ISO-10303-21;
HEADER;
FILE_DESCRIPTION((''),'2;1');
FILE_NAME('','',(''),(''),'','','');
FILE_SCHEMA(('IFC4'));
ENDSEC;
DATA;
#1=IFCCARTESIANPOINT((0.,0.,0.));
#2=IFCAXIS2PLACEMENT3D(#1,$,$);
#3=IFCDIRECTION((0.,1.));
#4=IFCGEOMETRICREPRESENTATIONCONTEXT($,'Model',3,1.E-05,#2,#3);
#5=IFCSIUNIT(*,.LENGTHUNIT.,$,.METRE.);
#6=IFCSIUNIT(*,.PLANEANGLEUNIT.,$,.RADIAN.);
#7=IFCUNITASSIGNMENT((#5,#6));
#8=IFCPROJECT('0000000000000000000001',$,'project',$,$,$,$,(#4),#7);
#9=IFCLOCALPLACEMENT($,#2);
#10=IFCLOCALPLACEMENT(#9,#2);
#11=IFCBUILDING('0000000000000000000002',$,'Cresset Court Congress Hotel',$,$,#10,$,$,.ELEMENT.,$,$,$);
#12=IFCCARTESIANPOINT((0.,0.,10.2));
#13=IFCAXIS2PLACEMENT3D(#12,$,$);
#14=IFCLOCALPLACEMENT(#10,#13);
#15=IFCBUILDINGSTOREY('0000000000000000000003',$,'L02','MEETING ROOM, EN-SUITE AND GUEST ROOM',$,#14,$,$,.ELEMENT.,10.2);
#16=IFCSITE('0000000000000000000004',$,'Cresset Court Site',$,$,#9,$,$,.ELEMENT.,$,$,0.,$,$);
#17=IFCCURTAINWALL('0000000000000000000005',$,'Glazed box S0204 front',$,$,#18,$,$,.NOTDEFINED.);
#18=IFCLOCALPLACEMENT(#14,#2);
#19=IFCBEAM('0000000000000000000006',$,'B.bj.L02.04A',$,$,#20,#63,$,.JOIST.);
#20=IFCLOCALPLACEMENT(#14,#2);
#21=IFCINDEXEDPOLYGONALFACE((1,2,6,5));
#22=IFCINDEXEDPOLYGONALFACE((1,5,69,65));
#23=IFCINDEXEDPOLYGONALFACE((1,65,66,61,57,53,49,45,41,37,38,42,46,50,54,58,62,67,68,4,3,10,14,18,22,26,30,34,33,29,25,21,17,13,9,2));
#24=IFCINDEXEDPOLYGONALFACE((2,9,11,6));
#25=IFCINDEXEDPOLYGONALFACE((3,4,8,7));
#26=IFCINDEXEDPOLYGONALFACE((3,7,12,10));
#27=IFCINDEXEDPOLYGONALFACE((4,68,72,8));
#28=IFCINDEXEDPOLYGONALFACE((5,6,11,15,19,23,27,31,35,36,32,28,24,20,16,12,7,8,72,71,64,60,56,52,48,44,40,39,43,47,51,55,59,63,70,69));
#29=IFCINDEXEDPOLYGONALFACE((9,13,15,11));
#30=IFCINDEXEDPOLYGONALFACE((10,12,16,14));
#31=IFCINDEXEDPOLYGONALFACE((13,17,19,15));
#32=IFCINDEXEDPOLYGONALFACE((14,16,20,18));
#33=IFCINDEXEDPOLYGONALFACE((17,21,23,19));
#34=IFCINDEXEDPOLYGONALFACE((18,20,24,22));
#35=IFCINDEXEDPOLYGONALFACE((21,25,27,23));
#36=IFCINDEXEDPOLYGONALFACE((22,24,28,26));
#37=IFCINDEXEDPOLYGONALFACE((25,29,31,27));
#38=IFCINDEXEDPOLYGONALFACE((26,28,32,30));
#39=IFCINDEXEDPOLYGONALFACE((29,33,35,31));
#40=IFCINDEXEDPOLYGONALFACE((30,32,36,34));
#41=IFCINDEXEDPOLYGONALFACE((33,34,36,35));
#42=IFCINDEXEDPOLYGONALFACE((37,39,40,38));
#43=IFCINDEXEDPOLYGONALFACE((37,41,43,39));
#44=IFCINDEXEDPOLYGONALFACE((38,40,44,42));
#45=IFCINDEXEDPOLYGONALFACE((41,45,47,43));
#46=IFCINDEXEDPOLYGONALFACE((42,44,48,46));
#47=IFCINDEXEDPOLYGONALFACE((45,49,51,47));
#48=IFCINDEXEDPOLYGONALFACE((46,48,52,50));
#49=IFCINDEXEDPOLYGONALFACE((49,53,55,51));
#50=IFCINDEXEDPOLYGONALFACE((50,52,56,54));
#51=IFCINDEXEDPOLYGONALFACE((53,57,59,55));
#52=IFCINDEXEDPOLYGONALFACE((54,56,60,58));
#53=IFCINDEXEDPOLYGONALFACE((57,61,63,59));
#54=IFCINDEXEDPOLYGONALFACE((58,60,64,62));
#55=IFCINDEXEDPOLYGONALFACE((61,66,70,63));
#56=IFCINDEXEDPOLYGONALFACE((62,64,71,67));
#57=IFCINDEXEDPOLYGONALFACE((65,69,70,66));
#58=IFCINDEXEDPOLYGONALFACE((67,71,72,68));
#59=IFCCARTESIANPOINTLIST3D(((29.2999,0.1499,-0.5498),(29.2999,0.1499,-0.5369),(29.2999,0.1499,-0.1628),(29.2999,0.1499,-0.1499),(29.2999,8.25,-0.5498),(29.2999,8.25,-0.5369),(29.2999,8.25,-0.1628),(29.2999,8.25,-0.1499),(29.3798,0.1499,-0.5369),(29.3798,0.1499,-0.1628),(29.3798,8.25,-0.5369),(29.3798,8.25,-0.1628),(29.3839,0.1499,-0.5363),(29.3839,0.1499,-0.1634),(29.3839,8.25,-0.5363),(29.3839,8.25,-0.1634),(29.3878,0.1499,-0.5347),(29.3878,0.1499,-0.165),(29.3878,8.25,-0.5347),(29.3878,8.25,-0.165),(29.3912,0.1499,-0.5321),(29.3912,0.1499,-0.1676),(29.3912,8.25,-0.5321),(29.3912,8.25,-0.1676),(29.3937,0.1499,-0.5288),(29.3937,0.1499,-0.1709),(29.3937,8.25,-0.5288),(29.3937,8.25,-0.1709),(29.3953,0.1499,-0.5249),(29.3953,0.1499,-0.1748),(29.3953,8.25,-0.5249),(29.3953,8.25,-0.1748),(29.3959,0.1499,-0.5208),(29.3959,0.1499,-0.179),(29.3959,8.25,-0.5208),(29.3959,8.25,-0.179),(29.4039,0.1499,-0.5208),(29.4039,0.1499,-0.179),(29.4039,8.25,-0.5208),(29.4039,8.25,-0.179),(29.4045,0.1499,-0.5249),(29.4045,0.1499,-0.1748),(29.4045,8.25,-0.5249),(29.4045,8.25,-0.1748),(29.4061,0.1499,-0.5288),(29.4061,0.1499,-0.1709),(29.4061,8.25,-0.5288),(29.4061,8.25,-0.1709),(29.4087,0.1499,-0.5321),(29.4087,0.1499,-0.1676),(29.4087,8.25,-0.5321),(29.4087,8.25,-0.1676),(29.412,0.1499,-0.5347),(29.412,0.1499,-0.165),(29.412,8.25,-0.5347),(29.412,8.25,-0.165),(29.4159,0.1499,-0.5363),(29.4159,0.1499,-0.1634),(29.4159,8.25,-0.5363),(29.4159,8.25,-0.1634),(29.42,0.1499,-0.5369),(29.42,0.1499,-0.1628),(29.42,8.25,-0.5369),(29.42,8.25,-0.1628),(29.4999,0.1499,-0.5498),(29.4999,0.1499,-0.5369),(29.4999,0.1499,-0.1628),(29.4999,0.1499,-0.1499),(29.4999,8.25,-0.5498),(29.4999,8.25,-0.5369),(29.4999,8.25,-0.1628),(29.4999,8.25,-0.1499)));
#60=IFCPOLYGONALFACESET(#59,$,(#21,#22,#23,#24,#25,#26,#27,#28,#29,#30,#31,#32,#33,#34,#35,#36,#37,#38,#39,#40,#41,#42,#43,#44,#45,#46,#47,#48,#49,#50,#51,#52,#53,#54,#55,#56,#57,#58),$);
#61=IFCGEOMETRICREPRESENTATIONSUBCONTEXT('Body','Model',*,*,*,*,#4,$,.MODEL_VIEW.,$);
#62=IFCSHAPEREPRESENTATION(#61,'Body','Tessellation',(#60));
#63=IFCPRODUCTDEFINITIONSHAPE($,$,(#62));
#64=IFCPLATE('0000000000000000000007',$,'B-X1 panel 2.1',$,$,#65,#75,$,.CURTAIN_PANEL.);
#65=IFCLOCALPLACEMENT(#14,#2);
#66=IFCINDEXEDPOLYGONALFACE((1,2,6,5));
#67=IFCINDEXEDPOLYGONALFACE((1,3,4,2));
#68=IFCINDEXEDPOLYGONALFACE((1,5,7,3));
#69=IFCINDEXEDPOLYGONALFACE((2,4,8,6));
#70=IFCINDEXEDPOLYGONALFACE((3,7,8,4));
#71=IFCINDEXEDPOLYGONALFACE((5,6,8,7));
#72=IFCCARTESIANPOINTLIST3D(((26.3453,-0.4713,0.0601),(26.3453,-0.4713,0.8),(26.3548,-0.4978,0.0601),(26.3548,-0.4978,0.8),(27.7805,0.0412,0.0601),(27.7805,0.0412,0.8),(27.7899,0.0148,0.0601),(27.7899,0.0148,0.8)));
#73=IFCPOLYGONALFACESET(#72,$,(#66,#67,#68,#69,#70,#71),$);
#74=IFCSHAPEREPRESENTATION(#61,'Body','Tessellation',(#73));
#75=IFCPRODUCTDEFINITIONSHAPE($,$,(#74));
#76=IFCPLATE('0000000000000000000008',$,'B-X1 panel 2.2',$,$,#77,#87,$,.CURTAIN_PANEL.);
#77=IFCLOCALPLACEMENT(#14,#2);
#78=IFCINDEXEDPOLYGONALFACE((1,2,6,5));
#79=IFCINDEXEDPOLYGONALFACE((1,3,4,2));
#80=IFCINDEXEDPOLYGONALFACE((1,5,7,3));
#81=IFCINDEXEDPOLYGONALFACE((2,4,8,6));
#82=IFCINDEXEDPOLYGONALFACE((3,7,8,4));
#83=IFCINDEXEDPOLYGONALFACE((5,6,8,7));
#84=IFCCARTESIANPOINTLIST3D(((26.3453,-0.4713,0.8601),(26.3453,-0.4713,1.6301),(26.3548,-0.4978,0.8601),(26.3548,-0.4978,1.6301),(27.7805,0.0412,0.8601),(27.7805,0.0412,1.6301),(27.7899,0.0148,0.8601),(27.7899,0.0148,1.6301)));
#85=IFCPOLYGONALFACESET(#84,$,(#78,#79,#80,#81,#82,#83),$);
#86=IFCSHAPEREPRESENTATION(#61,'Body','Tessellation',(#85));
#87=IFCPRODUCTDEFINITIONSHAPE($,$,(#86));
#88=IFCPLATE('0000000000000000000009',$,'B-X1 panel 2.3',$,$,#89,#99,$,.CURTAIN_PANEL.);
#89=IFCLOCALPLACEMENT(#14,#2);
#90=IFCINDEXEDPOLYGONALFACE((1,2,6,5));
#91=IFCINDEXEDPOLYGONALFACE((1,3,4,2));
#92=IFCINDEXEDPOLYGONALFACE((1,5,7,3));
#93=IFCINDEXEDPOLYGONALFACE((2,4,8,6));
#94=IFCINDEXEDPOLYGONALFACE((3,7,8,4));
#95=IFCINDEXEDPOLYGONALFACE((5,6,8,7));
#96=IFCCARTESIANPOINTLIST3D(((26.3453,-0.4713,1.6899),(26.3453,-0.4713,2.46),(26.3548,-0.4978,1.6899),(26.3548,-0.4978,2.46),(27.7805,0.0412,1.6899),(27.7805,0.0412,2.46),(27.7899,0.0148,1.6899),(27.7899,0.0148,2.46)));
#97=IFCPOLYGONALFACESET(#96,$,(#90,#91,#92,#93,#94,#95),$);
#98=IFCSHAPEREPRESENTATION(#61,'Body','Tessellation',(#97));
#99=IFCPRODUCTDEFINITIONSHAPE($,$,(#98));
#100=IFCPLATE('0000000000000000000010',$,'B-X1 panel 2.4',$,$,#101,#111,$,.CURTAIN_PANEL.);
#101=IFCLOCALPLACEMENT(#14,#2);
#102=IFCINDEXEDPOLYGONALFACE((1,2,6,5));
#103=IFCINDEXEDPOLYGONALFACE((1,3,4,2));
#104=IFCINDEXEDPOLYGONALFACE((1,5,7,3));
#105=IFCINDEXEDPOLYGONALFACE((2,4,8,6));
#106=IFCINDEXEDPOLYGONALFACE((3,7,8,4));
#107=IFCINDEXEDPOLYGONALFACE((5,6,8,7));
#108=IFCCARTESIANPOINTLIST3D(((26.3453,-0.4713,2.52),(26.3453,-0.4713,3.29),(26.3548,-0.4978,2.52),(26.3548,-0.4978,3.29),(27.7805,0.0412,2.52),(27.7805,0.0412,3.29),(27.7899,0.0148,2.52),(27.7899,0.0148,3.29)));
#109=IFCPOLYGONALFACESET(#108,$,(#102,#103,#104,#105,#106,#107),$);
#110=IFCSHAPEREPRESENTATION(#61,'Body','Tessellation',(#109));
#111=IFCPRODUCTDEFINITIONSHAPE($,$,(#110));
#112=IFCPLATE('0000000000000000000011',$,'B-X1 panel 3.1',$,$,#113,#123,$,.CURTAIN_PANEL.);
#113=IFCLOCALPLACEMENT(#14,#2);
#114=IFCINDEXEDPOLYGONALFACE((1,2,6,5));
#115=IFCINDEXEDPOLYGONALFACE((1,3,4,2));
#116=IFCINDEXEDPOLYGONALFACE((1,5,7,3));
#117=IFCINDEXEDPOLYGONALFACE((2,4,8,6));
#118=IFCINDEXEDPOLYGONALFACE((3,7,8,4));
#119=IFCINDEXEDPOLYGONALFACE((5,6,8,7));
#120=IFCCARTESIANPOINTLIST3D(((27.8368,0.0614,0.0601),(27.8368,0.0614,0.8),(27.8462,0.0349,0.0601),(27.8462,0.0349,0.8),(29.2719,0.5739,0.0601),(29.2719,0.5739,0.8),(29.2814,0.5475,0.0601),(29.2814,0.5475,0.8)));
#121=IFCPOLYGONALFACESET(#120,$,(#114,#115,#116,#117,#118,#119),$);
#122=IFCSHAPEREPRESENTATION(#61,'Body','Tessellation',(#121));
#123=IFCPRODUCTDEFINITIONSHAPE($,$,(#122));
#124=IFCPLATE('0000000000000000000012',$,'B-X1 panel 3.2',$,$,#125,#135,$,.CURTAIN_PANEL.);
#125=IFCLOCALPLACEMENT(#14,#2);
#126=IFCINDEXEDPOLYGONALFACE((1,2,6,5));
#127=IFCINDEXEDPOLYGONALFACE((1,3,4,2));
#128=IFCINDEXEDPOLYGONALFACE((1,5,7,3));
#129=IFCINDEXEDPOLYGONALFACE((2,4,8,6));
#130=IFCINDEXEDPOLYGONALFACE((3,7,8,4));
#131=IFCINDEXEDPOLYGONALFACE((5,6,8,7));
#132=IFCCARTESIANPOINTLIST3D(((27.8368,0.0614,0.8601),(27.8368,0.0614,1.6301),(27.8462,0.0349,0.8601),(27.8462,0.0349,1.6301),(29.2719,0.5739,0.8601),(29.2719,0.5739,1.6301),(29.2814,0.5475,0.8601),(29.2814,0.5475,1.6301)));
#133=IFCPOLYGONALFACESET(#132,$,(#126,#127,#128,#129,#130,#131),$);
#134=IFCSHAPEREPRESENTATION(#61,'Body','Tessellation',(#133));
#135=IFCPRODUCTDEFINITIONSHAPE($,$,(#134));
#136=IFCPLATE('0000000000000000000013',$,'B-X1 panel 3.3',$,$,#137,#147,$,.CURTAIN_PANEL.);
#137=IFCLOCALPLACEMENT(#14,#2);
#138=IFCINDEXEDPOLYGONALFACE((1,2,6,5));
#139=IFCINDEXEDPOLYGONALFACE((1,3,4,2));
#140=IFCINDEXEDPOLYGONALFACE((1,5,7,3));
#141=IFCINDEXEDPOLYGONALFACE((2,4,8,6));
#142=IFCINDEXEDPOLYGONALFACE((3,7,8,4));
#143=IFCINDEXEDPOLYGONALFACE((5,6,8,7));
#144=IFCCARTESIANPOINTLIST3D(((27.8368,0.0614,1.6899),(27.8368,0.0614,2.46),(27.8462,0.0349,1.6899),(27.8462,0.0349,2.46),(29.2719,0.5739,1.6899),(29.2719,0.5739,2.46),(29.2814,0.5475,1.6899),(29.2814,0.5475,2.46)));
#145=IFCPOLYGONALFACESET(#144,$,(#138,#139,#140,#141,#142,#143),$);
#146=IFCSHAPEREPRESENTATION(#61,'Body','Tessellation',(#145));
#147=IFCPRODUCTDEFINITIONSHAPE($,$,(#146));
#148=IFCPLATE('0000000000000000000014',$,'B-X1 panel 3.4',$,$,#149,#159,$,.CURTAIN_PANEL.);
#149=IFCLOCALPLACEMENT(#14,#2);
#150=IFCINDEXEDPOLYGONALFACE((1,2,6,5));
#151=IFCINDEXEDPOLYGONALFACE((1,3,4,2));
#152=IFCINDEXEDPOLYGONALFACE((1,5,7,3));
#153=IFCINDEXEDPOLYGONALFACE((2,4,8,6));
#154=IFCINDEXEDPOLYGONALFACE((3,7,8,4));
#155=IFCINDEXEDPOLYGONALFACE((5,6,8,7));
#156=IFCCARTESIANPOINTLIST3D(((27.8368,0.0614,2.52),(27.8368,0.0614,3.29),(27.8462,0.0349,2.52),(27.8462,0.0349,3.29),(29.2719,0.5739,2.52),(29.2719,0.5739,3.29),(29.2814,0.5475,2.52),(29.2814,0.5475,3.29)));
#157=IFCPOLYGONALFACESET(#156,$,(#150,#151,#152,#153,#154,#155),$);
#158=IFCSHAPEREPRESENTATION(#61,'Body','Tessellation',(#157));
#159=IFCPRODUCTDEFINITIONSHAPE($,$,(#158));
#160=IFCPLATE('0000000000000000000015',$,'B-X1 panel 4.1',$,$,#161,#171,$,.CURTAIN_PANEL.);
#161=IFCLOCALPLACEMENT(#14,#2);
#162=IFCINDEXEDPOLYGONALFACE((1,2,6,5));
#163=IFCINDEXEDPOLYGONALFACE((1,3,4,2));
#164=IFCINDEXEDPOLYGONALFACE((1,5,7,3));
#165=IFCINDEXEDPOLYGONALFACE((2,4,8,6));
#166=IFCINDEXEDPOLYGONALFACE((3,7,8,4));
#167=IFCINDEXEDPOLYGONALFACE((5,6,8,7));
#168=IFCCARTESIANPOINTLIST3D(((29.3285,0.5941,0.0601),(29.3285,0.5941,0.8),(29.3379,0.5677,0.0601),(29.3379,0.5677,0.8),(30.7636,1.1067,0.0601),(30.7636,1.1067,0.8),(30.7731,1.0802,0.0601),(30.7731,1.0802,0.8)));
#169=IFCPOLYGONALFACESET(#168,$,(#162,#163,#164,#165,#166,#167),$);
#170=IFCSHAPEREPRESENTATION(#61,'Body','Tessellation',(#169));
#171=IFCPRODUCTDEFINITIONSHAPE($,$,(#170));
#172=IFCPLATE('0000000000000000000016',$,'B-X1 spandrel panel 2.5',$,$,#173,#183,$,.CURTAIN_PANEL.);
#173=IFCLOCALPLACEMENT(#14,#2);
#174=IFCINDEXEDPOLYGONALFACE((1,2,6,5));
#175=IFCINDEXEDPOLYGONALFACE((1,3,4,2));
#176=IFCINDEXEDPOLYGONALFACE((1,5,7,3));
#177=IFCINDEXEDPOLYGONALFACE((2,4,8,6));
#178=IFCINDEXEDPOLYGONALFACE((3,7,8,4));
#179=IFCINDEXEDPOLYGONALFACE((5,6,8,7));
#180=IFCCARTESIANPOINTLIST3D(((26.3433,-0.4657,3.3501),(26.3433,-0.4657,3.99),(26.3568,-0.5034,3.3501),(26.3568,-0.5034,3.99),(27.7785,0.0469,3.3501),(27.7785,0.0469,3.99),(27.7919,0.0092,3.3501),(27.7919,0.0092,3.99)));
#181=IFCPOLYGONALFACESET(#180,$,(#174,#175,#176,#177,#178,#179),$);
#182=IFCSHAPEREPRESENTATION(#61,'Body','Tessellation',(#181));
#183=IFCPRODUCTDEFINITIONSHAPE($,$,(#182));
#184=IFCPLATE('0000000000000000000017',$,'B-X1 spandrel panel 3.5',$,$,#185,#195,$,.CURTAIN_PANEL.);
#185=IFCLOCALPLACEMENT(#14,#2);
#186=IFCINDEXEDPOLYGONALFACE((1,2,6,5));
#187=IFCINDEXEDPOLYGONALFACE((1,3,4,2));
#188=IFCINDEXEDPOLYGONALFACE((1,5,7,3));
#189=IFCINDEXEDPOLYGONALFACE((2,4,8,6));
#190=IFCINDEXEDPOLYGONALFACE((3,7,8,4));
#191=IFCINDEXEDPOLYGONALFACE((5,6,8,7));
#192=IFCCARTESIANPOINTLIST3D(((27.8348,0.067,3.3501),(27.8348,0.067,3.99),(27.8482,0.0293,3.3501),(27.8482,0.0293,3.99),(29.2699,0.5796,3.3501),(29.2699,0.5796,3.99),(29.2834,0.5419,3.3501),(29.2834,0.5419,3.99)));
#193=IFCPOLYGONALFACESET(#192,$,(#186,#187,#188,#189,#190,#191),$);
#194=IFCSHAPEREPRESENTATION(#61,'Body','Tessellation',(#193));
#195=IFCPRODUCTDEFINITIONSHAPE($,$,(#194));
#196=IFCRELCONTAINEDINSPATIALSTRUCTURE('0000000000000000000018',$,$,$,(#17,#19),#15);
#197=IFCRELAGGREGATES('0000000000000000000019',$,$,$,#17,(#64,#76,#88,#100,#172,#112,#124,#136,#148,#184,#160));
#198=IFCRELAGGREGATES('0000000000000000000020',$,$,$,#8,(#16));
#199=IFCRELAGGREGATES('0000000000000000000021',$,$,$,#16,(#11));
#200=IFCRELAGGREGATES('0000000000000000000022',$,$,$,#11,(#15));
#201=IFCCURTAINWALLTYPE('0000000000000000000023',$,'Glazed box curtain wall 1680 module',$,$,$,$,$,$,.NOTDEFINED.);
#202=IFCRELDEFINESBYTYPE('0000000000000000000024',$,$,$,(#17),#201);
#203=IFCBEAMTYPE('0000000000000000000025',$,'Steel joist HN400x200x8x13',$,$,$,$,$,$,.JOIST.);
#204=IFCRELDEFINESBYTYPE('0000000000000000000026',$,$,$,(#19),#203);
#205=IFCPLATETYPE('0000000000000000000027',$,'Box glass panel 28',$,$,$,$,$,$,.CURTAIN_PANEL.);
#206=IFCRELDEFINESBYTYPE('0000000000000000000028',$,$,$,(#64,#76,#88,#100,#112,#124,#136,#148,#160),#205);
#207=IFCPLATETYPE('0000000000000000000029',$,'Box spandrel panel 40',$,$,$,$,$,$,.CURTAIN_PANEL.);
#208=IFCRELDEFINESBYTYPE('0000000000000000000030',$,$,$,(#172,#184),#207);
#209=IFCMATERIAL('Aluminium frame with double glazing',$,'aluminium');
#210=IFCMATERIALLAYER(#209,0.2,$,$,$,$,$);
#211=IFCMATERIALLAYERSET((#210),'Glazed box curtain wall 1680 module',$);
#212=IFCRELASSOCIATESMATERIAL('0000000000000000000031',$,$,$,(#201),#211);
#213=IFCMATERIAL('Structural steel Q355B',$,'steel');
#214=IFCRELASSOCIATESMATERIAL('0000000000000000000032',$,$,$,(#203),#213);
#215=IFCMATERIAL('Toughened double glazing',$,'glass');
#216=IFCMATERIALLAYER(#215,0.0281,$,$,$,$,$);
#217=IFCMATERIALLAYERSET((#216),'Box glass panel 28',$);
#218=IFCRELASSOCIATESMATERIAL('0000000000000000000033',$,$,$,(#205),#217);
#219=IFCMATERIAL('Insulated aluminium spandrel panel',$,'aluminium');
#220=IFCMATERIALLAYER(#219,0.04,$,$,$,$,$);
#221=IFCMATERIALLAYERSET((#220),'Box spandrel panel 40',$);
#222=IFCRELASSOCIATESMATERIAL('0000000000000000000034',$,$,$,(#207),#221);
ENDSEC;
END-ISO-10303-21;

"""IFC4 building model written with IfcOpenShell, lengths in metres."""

from ifc_helpers import new_model, si_unit, direction, frame, origin, origin_2d, place, context, subcontext, project, spatial, rectangle, i_section, extrude, material, layer, layer_set, material_profile, profile_set, type_object, element, aggregate, save


model = new_model("IFC4")

# Units and contexts
model_context = context("Model", 3, precision=1e-05, world=origin(), true_north=direction((0.0, 1.0)))
body_context = subcontext(model_context, "Body", "Model", "MODEL_VIEW")
ifc_project = project(units=[si_unit("LENGTHUNIT", "METRE"), si_unit("PLANEANGLEUNIT", "RADIAN")], contexts=[model_context])

# Site, building, storey
site_placement = place(None, origin())
site = spatial("IfcSite", under=ifc_project, at=site_placement, Name="Cresset Court Site", CompositionType="ELEMENT", RefElevation=0.0)
building_placement = place(site_placement, origin())
building = spatial("IfcBuilding", under=site, at=building_placement, Name="Cresset Court Congress Hotel", CompositionType="ELEMENT")
storey_placement = place(building_placement, frame((0.0, 0.0, 10.2)))
storey = spatial("IfcBuildingStorey", under=building, at=storey_placement, Name="L02", Description="MEETING ROOM, EN-SUITE AND GUEST ROOM", CompositionType="ELEMENT", Elevation=10.2)

# Curtain wall
ifc_material_1 = material(Name="Aluminium frame with double glazing", Category="aluminium")
ifc_layer_1 = layer(ifc_material_1, 0.2)
ifc_layer_set_1 = layer_set([ifc_layer_1], Name="Glazed box curtain wall 1680 module")
curtain_wall_type = type_object("IfcCurtainWallType", Name="Glazed box curtain wall 1680 module", PredefinedType="NOTDEFINED", material=ifc_layer_set_1)
curtain_wall_placement = place(storey_placement, origin())
curtain_wall = element("IfcCurtainWall", 1, at=curtain_wall_placement, inside=storey, type_object=curtain_wall_type, Name="Glazed box S0204 front", PredefinedType="NOTDEFINED")

# Beam
ifc_material_2 = material(Name="Structural steel Q355B", Category="steel")
ifc_material_profile_1 = material_profile(ifc_material_2, i_section(OverallWidth=0.2, OverallDepth=0.3999, WebThickness=0.0081, FlangeThickness=0.0129, FilletRadius=0.0161, at=origin_2d()), Name="HN400x200x8x13")
ifc_profile_set_1 = profile_set([ifc_material_profile_1], Name="Structural steel Q355B")
beam_type = type_object("IfcBeamType", Name="Steel joist HN400x200x8x13", PredefinedType="JOIST", material=ifc_profile_set_1)
beam_placement = place(storey_placement, frame((29.3999, 0.1499, -0.3499), z_axis=(0.0, 1.0, 0.0), x_axis=(-1.0, 0.0, 0.0)))
element("IfcBeam", 2, at=beam_placement, inside=storey, type_object=beam_type, Name="B.bj.L02.04A", PredefinedType="JOIST", context=body_context, shape_type="SweptSolid", body=[
    extrude(i_section(OverallWidth=0.2, OverallDepth=0.3999, WebThickness=0.0081, FlangeThickness=0.0129, FilletRadius=0.0161, at=origin_2d()), origin(), (0.0, 0.0, 1.0), 8.1001),
])

# Plates
ifc_material_3 = material(Name="Toughened double glazing", Category="glass")
ifc_layer_2 = layer(ifc_material_3, 0.0281)
ifc_layer_set_2 = layer_set([ifc_layer_2], Name="Box glass panel 28")
plate_type_1 = type_object("IfcPlateType", Name="Box glass panel 28", PredefinedType="CURTAIN_PANEL", material=ifc_layer_set_2)
plate_1_placement = place(storey_placement, frame((27.0676, -0.2283, 0.0601), z_axis=(0.0, 0.0, 1.0), x_axis=(0.941742, 0.336336, 0.0)))
plate_1 = element("IfcPlate", 3, at=plate_1_placement, type_object=plate_type_1, Name="B-X1 panel 2.1", PredefinedType="CURTAIN_PANEL", context=body_context, shape_type="SweptSolid", body=[
    extrude(rectangle(XDim=1.5239, YDim=0.0281, at=origin_2d()), origin(), (0.0, 0.0, 1.0), 0.74),
])
plate_2_placement = place(storey_placement, frame((27.0676, -0.2283, 0.8601), z_axis=(0.0, 0.0, 1.0), x_axis=(0.941742, 0.336336, 0.0)))
plate_2 = element("IfcPlate", 4, at=plate_2_placement, type_object=plate_type_1, Name="B-X1 panel 2.2", PredefinedType="CURTAIN_PANEL", context=body_context, shape_type="SweptSolid", body=[
    extrude(rectangle(XDim=1.5239, YDim=0.0281, at=origin_2d()), origin(), (0.0, 0.0, 1.0), 0.77),
])
plate_3_placement = place(storey_placement, frame((27.0676, -0.2283, 1.6899), z_axis=(0.0, 0.0, 1.0), x_axis=(0.941742, 0.336336, 0.0)))
plate_3 = element("IfcPlate", 5, at=plate_3_placement, type_object=plate_type_1, Name="B-X1 panel 2.3", PredefinedType="CURTAIN_PANEL", context=body_context, shape_type="SweptSolid", body=[
    extrude(rectangle(XDim=1.5239, YDim=0.0281, at=origin_2d()), origin(), (0.0, 0.0, 1.0), 0.77),
])
plate_4_placement = place(storey_placement, frame((27.0676, -0.2283, 2.52), z_axis=(0.0, 0.0, 1.0), x_axis=(0.941742, 0.336336, 0.0)))
plate_4 = element("IfcPlate", 6, at=plate_4_placement, type_object=plate_type_1, Name="B-X1 panel 2.4", PredefinedType="CURTAIN_PANEL", context=body_context, shape_type="SweptSolid", body=[
    extrude(rectangle(XDim=1.5239, YDim=0.0281, at=origin_2d()), origin(), (0.0, 0.0, 1.0), 0.77),
])
plate_5_placement = place(storey_placement, frame((28.5591, 0.3044, 0.0601), z_axis=(0.0, 0.0, 1.0), x_axis=(0.941742, 0.336336, 0.0)))
plate_5 = element("IfcPlate", 7, at=plate_5_placement, type_object=plate_type_1, Name="B-X1 panel 3.1", PredefinedType="CURTAIN_PANEL", context=body_context, shape_type="SweptSolid", body=[
    extrude(rectangle(XDim=1.5239, YDim=0.0281, at=origin_2d()), origin(), (0.0, 0.0, 1.0), 0.74),
])
plate_6_placement = place(storey_placement, frame((28.5591, 0.3044, 0.8601), z_axis=(0.0, 0.0, 1.0), x_axis=(0.941742, 0.336336, 0.0)))
plate_6 = element("IfcPlate", 8, at=plate_6_placement, type_object=plate_type_1, Name="B-X1 panel 3.2", PredefinedType="CURTAIN_PANEL", context=body_context, shape_type="SweptSolid", body=[
    extrude(rectangle(XDim=1.5239, YDim=0.0281, at=origin_2d()), origin(), (0.0, 0.0, 1.0), 0.77),
])
plate_7_placement = place(storey_placement, frame((28.5591, 0.3044, 1.6899), z_axis=(0.0, 0.0, 1.0), x_axis=(0.941742, 0.336336, 0.0)))
plate_7 = element("IfcPlate", 9, at=plate_7_placement, type_object=plate_type_1, Name="B-X1 panel 3.3", PredefinedType="CURTAIN_PANEL", context=body_context, shape_type="SweptSolid", body=[
    extrude(rectangle(XDim=1.5239, YDim=0.0281, at=origin_2d()), origin(), (0.0, 0.0, 1.0), 0.77),
])
plate_8_placement = place(storey_placement, frame((28.5591, 0.3044, 2.52), z_axis=(0.0, 0.0, 1.0), x_axis=(0.941742, 0.336336, 0.0)))
plate_8 = element("IfcPlate", 10, at=plate_8_placement, type_object=plate_type_1, Name="B-X1 panel 3.4", PredefinedType="CURTAIN_PANEL", context=body_context, shape_type="SweptSolid", body=[
    extrude(rectangle(XDim=1.5239, YDim=0.0281, at=origin_2d()), origin(), (0.0, 0.0, 1.0), 0.77),
])
plate_9_placement = place(storey_placement, frame((30.0508, 0.8372, 0.0601), z_axis=(0.0, 0.0, 1.0), x_axis=(0.941742, 0.336336, 0.0)))
plate_9 = element("IfcPlate", 11, at=plate_9_placement, type_object=plate_type_1, Name="B-X1 panel 4.1", PredefinedType="CURTAIN_PANEL", context=body_context, shape_type="SweptSolid", body=[
    extrude(rectangle(XDim=1.5239, YDim=0.0281, at=origin_2d()), origin(), (0.0, 0.0, 1.0), 0.74),
])
ifc_material_4 = material(Name="Insulated aluminium spandrel panel", Category="aluminium")
ifc_layer_3 = layer(ifc_material_4, 0.04)
ifc_layer_set_3 = layer_set([ifc_layer_3], Name="Box spandrel panel 40")
plate_type_2 = type_object("IfcPlateType", Name="Box spandrel panel 40", PredefinedType="CURTAIN_PANEL", material=ifc_layer_set_3)
plate_10_placement = place(storey_placement, frame((27.0676, -0.2283, 3.3501), z_axis=(0.0, 0.0, 1.0), x_axis=(0.941742, 0.336336, 0.0)))
plate_10 = element("IfcPlate", 12, at=plate_10_placement, type_object=plate_type_2, Name="B-X1 spandrel panel 2.5", PredefinedType="CURTAIN_PANEL", context=body_context, shape_type="SweptSolid", body=[
    extrude(rectangle(XDim=1.5239, YDim=0.04, at=origin_2d()), origin(), (0.0, 0.0, 1.0), 0.6399),
])
plate_11_placement = place(storey_placement, frame((28.5591, 0.3044, 3.3501), z_axis=(0.0, 0.0, 1.0), x_axis=(0.941742, 0.336336, 0.0)))
plate_11 = element("IfcPlate", 13, at=plate_11_placement, type_object=plate_type_2, Name="B-X1 spandrel panel 3.5", PredefinedType="CURTAIN_PANEL", context=body_context, shape_type="SweptSolid", body=[
    extrude(rectangle(XDim=1.5239, YDim=0.04, at=origin_2d()), origin(), (0.0, 0.0, 1.0), 0.6399),
])
aggregate(curtain_wall, [plate_1, plate_2, plate_3, plate_4, plate_10, plate_5, plate_6, plate_7, plate_8, plate_11, plate_9])

save(model, "model.ifc")
